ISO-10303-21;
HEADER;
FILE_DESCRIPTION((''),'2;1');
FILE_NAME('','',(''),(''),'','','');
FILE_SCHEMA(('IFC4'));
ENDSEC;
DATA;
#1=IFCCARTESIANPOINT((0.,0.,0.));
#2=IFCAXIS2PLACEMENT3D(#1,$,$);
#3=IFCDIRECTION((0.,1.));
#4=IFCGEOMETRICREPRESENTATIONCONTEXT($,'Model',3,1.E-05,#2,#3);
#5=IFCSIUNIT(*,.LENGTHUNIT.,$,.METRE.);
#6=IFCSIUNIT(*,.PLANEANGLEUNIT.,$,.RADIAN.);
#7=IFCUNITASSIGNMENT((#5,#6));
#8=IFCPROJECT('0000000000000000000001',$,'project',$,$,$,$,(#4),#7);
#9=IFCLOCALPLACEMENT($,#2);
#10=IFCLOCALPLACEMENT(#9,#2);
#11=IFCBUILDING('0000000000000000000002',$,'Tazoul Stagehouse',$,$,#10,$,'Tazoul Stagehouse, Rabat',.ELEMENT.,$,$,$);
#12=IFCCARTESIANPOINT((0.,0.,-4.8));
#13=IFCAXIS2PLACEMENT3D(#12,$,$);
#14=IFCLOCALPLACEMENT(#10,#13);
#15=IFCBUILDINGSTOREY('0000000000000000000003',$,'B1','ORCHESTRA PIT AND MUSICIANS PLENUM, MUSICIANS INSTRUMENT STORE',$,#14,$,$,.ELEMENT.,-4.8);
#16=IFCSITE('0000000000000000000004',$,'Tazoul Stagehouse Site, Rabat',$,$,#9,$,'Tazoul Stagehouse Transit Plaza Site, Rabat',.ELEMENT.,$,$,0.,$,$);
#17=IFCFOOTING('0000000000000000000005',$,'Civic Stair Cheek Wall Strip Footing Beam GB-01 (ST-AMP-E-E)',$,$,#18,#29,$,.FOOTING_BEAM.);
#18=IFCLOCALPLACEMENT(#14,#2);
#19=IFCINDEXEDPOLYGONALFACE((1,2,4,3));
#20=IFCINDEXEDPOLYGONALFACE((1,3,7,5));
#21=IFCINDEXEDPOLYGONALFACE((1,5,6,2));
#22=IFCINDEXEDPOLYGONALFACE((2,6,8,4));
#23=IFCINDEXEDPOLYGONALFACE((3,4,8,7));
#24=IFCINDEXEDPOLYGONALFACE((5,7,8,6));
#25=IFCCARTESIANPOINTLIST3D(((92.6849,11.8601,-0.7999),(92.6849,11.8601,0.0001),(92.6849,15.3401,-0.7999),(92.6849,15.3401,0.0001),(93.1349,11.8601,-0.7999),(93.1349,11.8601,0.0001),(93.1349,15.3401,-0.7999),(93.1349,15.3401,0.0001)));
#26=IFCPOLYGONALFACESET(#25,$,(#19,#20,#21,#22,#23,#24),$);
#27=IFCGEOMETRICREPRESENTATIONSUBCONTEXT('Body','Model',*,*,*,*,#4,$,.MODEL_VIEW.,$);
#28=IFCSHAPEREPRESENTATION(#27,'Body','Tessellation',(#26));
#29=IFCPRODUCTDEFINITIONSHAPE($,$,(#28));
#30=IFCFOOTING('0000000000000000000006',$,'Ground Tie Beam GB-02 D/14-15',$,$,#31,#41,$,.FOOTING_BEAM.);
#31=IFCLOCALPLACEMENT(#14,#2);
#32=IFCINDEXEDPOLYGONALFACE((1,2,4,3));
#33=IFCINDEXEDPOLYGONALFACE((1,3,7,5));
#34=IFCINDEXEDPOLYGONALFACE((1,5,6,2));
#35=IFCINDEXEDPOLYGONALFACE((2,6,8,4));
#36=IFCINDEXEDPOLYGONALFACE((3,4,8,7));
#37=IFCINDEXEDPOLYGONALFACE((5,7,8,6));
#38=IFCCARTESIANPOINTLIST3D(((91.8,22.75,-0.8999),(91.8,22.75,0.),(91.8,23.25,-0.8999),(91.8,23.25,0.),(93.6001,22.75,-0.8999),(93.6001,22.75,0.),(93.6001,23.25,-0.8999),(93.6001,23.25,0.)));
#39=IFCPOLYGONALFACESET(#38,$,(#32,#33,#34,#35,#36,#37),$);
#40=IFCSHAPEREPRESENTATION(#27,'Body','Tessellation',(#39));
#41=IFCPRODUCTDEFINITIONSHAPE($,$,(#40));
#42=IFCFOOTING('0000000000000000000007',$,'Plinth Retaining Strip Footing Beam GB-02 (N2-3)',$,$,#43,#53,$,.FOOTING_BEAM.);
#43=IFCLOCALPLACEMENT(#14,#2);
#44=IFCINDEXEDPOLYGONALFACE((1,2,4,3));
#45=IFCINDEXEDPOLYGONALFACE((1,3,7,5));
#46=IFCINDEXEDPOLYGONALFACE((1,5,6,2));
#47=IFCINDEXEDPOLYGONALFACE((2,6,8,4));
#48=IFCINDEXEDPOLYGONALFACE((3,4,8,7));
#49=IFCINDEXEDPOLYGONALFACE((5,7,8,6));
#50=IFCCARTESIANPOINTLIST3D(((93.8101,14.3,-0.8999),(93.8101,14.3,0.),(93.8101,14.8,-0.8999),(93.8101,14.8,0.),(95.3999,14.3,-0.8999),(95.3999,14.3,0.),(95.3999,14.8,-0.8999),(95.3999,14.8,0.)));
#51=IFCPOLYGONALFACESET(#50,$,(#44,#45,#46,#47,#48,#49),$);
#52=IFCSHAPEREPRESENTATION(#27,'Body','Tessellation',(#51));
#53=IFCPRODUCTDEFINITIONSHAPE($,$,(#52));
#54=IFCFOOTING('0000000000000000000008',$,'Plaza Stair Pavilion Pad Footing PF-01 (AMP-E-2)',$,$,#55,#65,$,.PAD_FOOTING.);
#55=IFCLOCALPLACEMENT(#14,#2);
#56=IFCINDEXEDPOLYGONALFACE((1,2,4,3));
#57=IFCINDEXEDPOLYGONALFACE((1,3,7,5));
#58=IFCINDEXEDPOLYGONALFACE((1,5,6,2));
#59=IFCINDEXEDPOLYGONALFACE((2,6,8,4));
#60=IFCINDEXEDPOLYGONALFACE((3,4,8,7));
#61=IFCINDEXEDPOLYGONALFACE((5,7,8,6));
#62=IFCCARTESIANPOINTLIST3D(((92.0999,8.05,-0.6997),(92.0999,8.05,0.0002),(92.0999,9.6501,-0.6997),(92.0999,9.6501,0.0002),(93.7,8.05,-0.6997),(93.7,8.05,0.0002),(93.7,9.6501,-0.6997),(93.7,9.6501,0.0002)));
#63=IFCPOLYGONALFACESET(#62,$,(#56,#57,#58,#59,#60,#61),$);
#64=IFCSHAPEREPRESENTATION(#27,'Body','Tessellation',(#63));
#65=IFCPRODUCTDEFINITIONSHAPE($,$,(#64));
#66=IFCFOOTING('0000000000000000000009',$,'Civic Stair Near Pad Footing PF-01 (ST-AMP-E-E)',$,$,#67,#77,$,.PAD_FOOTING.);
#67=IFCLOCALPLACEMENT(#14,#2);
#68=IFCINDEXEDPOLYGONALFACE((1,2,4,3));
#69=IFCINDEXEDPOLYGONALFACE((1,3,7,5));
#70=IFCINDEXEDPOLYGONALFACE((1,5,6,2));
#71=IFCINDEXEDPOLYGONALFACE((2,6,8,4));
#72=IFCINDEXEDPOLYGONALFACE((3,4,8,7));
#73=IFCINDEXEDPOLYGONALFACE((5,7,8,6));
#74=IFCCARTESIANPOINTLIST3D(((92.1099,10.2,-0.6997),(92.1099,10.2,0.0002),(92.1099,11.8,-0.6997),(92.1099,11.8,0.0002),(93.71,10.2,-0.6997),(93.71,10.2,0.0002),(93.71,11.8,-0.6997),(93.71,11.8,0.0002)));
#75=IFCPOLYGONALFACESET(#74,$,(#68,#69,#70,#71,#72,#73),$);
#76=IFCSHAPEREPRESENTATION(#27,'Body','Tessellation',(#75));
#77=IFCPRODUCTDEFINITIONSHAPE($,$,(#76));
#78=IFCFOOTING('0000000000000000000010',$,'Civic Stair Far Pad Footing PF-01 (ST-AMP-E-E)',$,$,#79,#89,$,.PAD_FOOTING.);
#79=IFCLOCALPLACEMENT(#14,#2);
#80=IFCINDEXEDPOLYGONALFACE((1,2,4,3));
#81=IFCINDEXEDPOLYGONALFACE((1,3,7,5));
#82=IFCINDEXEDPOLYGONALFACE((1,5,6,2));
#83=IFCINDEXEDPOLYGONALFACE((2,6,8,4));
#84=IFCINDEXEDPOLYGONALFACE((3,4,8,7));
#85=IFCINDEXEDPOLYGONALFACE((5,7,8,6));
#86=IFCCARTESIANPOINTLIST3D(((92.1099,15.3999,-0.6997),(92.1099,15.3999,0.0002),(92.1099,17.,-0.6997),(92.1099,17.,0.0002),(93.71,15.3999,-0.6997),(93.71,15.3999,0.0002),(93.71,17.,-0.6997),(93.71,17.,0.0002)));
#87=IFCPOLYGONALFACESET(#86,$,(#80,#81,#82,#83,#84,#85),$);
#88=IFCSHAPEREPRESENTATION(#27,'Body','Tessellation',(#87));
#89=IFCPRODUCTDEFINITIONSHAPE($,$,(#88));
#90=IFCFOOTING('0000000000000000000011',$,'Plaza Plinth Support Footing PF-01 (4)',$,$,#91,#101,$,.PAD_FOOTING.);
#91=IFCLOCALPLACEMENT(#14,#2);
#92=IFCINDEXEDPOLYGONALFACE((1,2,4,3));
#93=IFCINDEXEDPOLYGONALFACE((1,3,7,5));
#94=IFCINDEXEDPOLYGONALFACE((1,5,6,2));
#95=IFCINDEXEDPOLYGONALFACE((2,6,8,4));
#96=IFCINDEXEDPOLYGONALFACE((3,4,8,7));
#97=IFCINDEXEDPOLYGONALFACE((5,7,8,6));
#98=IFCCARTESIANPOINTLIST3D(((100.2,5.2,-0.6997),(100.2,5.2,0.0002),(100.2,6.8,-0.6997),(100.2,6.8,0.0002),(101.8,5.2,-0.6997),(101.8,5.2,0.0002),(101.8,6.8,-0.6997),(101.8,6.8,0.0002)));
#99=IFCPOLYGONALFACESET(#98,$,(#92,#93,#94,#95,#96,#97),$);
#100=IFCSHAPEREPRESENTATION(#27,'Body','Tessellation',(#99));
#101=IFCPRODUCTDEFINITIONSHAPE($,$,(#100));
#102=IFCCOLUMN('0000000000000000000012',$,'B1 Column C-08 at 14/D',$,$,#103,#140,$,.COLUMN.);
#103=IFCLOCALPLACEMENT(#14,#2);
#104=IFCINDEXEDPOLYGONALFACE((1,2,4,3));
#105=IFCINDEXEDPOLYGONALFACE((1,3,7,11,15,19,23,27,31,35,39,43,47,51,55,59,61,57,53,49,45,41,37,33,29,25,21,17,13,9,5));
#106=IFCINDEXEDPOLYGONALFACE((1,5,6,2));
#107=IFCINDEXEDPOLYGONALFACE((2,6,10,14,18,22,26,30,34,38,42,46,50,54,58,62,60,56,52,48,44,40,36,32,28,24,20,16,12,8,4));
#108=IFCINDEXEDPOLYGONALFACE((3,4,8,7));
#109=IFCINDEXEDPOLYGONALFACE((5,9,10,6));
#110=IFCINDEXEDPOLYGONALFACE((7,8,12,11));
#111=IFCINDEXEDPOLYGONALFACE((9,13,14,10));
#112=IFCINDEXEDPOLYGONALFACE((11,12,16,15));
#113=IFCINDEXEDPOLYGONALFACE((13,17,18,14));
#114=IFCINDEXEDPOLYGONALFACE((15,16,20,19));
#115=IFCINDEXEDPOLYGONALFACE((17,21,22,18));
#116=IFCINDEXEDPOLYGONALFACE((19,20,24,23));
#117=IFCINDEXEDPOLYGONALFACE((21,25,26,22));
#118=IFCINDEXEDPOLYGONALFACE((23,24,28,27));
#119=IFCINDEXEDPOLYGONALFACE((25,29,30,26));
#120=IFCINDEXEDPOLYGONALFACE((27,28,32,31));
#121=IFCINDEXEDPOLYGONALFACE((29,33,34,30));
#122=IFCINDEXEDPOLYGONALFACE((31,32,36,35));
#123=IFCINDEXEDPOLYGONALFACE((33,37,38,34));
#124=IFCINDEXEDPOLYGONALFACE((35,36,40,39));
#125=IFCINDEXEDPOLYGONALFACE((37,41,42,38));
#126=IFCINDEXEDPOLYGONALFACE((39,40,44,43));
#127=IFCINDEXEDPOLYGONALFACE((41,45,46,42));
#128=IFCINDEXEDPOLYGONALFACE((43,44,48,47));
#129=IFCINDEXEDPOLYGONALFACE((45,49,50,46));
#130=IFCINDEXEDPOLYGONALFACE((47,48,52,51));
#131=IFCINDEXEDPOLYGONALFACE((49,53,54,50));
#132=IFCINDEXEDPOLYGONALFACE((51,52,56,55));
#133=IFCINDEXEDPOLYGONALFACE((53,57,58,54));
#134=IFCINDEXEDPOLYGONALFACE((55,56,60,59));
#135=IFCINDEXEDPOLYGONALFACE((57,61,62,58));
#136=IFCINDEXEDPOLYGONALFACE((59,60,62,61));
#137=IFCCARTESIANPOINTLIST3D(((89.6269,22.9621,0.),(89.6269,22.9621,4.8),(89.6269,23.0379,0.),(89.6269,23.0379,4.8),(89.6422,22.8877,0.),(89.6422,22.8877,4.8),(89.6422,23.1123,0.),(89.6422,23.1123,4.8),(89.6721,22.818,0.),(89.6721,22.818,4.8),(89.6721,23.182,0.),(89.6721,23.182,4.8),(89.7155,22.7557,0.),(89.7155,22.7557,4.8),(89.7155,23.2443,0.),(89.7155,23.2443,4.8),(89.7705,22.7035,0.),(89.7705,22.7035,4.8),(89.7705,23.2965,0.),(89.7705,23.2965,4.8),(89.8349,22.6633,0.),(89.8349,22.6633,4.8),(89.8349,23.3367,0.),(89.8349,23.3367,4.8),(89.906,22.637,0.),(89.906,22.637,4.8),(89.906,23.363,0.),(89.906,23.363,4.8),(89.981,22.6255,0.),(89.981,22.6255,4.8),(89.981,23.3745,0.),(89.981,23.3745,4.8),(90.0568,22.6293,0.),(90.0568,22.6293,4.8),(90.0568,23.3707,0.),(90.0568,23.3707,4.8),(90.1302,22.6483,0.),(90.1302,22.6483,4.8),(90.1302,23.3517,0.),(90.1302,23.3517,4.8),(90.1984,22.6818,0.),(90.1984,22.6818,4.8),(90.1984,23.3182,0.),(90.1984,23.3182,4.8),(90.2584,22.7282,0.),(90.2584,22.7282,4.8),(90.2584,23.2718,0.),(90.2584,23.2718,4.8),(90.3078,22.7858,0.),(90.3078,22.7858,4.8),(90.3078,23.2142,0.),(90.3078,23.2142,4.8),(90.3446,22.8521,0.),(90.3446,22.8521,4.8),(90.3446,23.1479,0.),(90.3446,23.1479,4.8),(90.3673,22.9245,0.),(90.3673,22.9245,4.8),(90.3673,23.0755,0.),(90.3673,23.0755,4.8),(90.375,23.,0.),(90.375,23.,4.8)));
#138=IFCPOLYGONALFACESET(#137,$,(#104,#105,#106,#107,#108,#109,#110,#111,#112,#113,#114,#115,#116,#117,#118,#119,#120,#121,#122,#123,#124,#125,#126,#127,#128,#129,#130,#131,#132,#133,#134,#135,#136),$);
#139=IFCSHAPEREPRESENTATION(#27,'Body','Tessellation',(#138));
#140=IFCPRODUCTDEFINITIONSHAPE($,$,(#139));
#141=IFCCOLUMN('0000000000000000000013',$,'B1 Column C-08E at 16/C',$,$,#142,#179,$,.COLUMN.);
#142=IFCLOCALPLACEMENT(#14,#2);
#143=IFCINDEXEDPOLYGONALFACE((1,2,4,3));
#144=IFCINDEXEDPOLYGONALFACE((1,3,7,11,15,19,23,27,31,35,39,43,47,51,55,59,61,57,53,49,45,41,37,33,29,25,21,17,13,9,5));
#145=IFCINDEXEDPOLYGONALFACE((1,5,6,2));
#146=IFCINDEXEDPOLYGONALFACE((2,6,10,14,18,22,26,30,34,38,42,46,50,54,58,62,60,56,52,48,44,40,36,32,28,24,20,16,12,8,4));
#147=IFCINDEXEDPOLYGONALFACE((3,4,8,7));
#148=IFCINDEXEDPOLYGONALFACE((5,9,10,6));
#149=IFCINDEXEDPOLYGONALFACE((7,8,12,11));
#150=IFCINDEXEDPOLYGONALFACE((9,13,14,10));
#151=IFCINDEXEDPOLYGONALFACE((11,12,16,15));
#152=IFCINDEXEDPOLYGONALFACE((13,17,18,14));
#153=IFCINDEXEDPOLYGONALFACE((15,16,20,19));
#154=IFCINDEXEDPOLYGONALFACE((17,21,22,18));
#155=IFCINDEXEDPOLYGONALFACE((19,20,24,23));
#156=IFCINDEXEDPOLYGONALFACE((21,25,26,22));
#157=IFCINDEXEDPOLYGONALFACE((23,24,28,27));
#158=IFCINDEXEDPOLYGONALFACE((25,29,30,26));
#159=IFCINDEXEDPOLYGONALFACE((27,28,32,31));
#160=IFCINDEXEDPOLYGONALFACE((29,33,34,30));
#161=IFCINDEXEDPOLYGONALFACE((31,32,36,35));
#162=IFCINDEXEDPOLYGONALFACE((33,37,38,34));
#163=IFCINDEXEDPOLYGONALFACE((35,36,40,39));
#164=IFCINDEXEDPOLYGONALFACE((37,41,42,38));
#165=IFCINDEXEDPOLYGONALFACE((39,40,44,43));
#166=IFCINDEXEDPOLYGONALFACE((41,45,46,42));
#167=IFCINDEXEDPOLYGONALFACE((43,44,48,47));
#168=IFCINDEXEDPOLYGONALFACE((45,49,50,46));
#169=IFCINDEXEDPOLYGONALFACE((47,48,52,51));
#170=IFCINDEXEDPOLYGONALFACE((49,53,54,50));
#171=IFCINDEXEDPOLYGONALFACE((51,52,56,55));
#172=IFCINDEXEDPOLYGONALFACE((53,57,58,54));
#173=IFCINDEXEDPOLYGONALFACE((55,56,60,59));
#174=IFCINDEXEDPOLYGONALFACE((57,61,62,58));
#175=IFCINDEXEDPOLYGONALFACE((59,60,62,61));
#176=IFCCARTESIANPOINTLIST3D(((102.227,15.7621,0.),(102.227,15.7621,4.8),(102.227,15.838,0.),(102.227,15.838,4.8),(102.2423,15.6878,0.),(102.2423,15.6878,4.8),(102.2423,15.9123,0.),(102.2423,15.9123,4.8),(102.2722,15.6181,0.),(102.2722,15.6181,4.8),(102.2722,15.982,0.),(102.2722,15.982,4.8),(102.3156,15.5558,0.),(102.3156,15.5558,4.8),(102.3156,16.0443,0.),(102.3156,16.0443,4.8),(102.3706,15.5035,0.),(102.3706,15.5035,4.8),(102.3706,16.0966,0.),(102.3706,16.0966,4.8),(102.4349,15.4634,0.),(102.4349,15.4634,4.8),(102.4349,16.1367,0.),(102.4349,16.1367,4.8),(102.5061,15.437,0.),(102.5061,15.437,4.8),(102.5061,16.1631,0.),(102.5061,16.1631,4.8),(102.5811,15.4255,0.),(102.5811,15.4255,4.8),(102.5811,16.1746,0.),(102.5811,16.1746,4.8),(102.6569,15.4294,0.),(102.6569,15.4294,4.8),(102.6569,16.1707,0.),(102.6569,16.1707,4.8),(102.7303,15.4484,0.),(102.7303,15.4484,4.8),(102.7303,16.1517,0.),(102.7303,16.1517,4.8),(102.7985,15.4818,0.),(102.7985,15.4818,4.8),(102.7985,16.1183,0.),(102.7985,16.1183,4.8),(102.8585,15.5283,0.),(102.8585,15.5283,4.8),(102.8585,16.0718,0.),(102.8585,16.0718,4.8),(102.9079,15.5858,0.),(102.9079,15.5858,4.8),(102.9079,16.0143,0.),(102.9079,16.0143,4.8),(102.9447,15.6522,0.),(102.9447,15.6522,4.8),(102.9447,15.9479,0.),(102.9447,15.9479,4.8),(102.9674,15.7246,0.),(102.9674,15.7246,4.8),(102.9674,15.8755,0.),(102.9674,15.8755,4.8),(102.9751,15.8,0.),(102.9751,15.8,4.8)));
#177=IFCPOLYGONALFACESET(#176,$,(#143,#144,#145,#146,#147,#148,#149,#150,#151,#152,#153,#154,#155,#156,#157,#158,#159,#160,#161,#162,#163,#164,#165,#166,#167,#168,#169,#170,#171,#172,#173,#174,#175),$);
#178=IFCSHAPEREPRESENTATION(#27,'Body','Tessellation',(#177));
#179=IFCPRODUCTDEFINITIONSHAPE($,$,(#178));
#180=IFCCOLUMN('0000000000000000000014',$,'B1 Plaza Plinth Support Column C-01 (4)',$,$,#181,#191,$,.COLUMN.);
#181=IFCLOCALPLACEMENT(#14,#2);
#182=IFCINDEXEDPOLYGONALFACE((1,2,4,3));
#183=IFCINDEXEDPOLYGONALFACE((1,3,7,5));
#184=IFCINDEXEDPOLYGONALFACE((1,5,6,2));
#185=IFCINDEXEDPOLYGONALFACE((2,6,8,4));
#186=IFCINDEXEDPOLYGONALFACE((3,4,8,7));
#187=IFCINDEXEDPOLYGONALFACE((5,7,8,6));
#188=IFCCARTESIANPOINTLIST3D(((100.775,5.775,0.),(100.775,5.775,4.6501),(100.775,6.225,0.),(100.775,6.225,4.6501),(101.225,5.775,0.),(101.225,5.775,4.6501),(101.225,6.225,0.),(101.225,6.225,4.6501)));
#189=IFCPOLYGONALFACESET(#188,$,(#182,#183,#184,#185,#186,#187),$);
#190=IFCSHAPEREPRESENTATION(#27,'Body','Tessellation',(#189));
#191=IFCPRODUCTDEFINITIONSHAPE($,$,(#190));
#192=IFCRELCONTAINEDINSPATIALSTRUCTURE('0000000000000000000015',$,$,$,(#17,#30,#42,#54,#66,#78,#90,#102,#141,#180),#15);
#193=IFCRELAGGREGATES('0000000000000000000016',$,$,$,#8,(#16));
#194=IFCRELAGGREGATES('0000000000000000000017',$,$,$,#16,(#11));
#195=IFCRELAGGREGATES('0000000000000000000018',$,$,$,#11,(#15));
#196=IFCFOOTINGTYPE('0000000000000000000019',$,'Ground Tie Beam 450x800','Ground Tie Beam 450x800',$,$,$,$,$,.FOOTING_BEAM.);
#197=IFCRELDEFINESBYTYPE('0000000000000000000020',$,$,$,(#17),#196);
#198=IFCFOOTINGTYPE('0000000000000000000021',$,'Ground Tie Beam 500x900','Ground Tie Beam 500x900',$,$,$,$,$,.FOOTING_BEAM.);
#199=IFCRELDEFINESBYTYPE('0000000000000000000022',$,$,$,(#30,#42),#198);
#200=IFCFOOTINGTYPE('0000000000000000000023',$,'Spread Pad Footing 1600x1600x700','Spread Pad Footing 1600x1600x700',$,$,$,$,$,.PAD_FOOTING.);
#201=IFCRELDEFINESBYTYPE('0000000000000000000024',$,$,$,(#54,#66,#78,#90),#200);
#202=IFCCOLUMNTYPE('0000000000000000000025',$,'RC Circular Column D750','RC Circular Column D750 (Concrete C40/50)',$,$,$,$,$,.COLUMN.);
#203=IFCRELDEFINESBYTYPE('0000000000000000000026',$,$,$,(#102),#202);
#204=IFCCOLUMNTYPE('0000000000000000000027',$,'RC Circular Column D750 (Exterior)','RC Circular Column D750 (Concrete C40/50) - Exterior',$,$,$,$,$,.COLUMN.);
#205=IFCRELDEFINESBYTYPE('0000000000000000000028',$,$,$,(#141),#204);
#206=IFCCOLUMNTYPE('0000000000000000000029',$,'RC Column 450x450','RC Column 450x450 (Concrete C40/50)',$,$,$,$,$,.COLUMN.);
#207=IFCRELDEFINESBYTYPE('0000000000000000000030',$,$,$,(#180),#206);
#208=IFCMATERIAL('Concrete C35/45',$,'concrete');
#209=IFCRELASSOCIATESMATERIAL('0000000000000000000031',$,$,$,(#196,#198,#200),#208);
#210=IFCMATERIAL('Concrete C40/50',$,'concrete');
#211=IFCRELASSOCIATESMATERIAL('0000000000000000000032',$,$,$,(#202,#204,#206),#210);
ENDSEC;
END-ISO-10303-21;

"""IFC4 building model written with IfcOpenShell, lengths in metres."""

from ifc_helpers import new_model, si_unit, direction, frame, origin, origin_2d, place, context, subcontext, project, spatial, rectangle, circle, extrude, material, material_profile, profile_set, type_object, element, save


model = new_model("IFC4")

# Units and contexts
model_context = context("Model", 3, precision=1e-05, world=origin(), true_north=direction((0.0, 1.0)))
body_context = subcontext(model_context, "Body", "Model", "MODEL_VIEW")
ifc_project = project(units=[si_unit("LENGTHUNIT", "METRE"), si_unit("PLANEANGLEUNIT", "RADIAN")], contexts=[model_context])

# Site, building, storey
site_placement = place(None, origin())
site = spatial("IfcSite", under=ifc_project, at=site_placement, Name="Tazoul Stagehouse Site, Rabat", LongName="Tazoul Stagehouse Transit Plaza Site, Rabat", CompositionType="ELEMENT", RefElevation=0.0)
building_placement = place(site_placement, origin())
building = spatial("IfcBuilding", under=site, at=building_placement, Name="Tazoul Stagehouse", LongName="Tazoul Stagehouse, Rabat", CompositionType="ELEMENT")
storey_placement = place(building_placement, frame((0.0, 0.0, -4.8)))
storey = spatial("IfcBuildingStorey", under=building, at=storey_placement, Name="B1", Description="ORCHESTRA PIT AND MUSICIANS PLENUM, MUSICIANS INSTRUMENT STORE", CompositionType="ELEMENT", Elevation=-4.8)

# Shared definitions
ifc_material_1 = material(Name="Concrete C35/45", Category="concrete")

# Footings
ifc_material_profile_1 = material_profile(ifc_material_1, rectangle(XDim=0.45, YDim=0.8, at=origin_2d()), Name="RC 450x800")
ifc_profile_set_1 = profile_set([ifc_material_profile_1], Name="Concrete C35/45")
footing_type_1 = type_object("IfcFootingType", Name="Ground Tie Beam 450x800", Description="Ground Tie Beam 450x800", PredefinedType="FOOTING_BEAM", material=ifc_profile_set_1)
footing_1_placement = place(storey_placement, frame((92.9099, 11.8601, -0.3999), z_axis=(0.0, 1.0, 0.0), x_axis=(-1.0, 0.0, 0.0)))
element("IfcFooting", 1, at=footing_1_placement, inside=storey, type_object=footing_type_1, Name="Civic Stair Cheek Wall Strip Footing Beam GB-01 (ST-AMP-E-E)", PredefinedType="FOOTING_BEAM", context=body_context, shape_type="SweptSolid", body=[
    extrude(rectangle(XDim=0.45, YDim=0.8, at=origin_2d()), origin(), (0.0, 0.0, 1.0), 3.48),
])
ifc_material_profile_2 = material_profile(ifc_material_1, rectangle(XDim=0.5, YDim=0.8999, at=origin_2d()), Name="RC 500x900")
ifc_profile_set_2 = profile_set([ifc_material_profile_2], Name="Concrete C35/45")
footing_type_2 = type_object("IfcFootingType", Name="Ground Tie Beam 500x900", Description="Ground Tie Beam 500x900", PredefinedType="FOOTING_BEAM", material=ifc_profile_set_2)
footing_2_placement = place(storey_placement, frame((91.8, 23.0, -0.45), z_axis=(1.0, 0.0, 0.0), x_axis=(0.0, 1.0, 0.0)))
element("IfcFooting", 2, at=footing_2_placement, inside=storey, type_object=footing_type_2, Name="Ground Tie Beam GB-02 D/14-15", PredefinedType="FOOTING_BEAM", context=body_context, shape_type="SweptSolid", body=[
    extrude(rectangle(XDim=0.5, YDim=0.8999, at=origin_2d()), origin(), (0.0, 0.0, 1.0), 1.8),
])
footing_3_placement = place(storey_placement, frame((93.8101, 14.55, -0.45), z_axis=(1.0, 0.0, 0.0), x_axis=(0.0, 1.0, 0.0)))
element("IfcFooting", 3, at=footing_3_placement, inside=storey, type_object=footing_type_2, Name="Plinth Retaining Strip Footing Beam GB-02 (N2-3)", PredefinedType="FOOTING_BEAM", context=body_context, shape_type="SweptSolid", body=[
    extrude(rectangle(XDim=0.5, YDim=0.8999, at=origin_2d()), origin(), (0.0, 0.0, 1.0), 1.5898),
])
footing_type_3 = type_object("IfcFootingType", Name="Spread Pad Footing 1600x1600x700", Description="Spread Pad Footing 1600x1600x700", PredefinedType="PAD_FOOTING", material=ifc_material_1)
for number, where, z_axis, x_axis, name in (
    (4, (92.8999, 8.8501, -0.6997), (0.0, 0.0, 1.0), (1.0, 0.0, 0.0), "Plaza Stair Pavilion Pad Footing PF-01 (AMP-E-2)"),
    (5, (92.9099, 11.0, -0.6997), (0.0, 0.0, 1.0), (1.0, 0.0, 0.0), "Civic Stair Near Pad Footing PF-01 (ST-AMP-E-E)"),
    (6, (92.9099, 16.2, -0.6997), (0.0, 0.0, 1.0), (1.0, 0.0, 0.0), "Civic Stair Far Pad Footing PF-01 (ST-AMP-E-E)"),
    (7, (101.0, 6.0, -0.6997), (0.0, 0.0, 1.0), (1.0, 0.0, 0.0), "Plaza Plinth Support Footing PF-01 (4)"),
):
    element("IfcFooting", number, at=place(storey_placement, frame(where, z_axis=z_axis, x_axis=x_axis)), inside=storey, type_object=footing_type_3, Name=name, PredefinedType="PAD_FOOTING", context=body_context, shape_type="SweptSolid", body=[
        extrude(rectangle(XDim=1.6001, YDim=1.6001, at=origin_2d()), origin(), (0.0, 0.0, 1.0), 0.7),
    ])

# Columns
ifc_material_2 = material(Name="Concrete C40/50", Category="concrete")
ifc_material_profile_3 = material_profile(ifc_material_2, circle(Radius=0.375, at=origin_2d()), Name="RC D750")
ifc_profile_set_3 = profile_set([ifc_material_profile_3], Name="Concrete C40/50")
column_type_1 = type_object("IfcColumnType", Name="RC Circular Column D750", Description="RC Circular Column D750 (Concrete C40/50)", PredefinedType="COLUMN", material=ifc_profile_set_3)
column_1_placement = place(storey_placement, frame((90.0, 23.0, 0.0), z_axis=(0.0, 0.0, 1.0), x_axis=(1.0, 0.0, 0.0)))
element("IfcColumn", 8, at=column_1_placement, inside=storey, type_object=column_type_1, Name="B1 Column C-08 at 14/D", PredefinedType="COLUMN", context=body_context, shape_type="SweptSolid", body=[
    extrude(circle(Radius=0.375, at=origin_2d()), origin(), (0.0, 0.0, 1.0), 4.8),
])
ifc_material_profile_4 = material_profile(ifc_material_2, circle(Radius=0.375, at=origin_2d()), Name="RC D750")
ifc_profile_set_4 = profile_set([ifc_material_profile_4], Name="Concrete C40/50")
column_type_2 = type_object("IfcColumnType", Name="RC Circular Column D750 (Exterior)", Description="RC Circular Column D750 (Concrete C40/50) - Exterior", PredefinedType="COLUMN", material=ifc_profile_set_4)
column_2_placement = place(storey_placement, frame((102.6001, 15.8, 0.0), z_axis=(0.0, 0.0, 1.0), x_axis=(1.0, 0.0, 0.0)))
element("IfcColumn", 9, at=column_2_placement, inside=storey, type_object=column_type_2, Name="B1 Column C-08E at 16/C", PredefinedType="COLUMN", context=body_context, shape_type="SweptSolid", body=[
    extrude(circle(Radius=0.375, at=origin_2d()), origin(), (0.0, 0.0, 1.0), 4.8),
])
ifc_material_profile_5 = material_profile(ifc_material_2, rectangle(XDim=0.45, YDim=0.45, at=origin_2d()), Name="RC 450x450")
ifc_profile_set_5 = profile_set([ifc_material_profile_5], Name="Concrete C40/50")
column_type_3 = type_object("IfcColumnType", Name="RC Column 450x450", Description="RC Column 450x450 (Concrete C40/50)", PredefinedType="COLUMN", material=ifc_profile_set_5)
column_3_placement = place(storey_placement, frame((101.0, 6.0, 0.0), z_axis=(0.0, 0.0, 1.0), x_axis=(1.0, 0.0, 0.0)))
element("IfcColumn", 10, at=column_3_placement, inside=storey, type_object=column_type_3, Name="B1 Plaza Plinth Support Column C-01 (4)", PredefinedType="COLUMN", context=body_context, shape_type="SweptSolid", body=[
    extrude(rectangle(XDim=0.45, YDim=0.45, at=origin_2d()), origin(), (0.0, 0.0, 1.0), 4.6501),
])

save(model, "model.ifc")
